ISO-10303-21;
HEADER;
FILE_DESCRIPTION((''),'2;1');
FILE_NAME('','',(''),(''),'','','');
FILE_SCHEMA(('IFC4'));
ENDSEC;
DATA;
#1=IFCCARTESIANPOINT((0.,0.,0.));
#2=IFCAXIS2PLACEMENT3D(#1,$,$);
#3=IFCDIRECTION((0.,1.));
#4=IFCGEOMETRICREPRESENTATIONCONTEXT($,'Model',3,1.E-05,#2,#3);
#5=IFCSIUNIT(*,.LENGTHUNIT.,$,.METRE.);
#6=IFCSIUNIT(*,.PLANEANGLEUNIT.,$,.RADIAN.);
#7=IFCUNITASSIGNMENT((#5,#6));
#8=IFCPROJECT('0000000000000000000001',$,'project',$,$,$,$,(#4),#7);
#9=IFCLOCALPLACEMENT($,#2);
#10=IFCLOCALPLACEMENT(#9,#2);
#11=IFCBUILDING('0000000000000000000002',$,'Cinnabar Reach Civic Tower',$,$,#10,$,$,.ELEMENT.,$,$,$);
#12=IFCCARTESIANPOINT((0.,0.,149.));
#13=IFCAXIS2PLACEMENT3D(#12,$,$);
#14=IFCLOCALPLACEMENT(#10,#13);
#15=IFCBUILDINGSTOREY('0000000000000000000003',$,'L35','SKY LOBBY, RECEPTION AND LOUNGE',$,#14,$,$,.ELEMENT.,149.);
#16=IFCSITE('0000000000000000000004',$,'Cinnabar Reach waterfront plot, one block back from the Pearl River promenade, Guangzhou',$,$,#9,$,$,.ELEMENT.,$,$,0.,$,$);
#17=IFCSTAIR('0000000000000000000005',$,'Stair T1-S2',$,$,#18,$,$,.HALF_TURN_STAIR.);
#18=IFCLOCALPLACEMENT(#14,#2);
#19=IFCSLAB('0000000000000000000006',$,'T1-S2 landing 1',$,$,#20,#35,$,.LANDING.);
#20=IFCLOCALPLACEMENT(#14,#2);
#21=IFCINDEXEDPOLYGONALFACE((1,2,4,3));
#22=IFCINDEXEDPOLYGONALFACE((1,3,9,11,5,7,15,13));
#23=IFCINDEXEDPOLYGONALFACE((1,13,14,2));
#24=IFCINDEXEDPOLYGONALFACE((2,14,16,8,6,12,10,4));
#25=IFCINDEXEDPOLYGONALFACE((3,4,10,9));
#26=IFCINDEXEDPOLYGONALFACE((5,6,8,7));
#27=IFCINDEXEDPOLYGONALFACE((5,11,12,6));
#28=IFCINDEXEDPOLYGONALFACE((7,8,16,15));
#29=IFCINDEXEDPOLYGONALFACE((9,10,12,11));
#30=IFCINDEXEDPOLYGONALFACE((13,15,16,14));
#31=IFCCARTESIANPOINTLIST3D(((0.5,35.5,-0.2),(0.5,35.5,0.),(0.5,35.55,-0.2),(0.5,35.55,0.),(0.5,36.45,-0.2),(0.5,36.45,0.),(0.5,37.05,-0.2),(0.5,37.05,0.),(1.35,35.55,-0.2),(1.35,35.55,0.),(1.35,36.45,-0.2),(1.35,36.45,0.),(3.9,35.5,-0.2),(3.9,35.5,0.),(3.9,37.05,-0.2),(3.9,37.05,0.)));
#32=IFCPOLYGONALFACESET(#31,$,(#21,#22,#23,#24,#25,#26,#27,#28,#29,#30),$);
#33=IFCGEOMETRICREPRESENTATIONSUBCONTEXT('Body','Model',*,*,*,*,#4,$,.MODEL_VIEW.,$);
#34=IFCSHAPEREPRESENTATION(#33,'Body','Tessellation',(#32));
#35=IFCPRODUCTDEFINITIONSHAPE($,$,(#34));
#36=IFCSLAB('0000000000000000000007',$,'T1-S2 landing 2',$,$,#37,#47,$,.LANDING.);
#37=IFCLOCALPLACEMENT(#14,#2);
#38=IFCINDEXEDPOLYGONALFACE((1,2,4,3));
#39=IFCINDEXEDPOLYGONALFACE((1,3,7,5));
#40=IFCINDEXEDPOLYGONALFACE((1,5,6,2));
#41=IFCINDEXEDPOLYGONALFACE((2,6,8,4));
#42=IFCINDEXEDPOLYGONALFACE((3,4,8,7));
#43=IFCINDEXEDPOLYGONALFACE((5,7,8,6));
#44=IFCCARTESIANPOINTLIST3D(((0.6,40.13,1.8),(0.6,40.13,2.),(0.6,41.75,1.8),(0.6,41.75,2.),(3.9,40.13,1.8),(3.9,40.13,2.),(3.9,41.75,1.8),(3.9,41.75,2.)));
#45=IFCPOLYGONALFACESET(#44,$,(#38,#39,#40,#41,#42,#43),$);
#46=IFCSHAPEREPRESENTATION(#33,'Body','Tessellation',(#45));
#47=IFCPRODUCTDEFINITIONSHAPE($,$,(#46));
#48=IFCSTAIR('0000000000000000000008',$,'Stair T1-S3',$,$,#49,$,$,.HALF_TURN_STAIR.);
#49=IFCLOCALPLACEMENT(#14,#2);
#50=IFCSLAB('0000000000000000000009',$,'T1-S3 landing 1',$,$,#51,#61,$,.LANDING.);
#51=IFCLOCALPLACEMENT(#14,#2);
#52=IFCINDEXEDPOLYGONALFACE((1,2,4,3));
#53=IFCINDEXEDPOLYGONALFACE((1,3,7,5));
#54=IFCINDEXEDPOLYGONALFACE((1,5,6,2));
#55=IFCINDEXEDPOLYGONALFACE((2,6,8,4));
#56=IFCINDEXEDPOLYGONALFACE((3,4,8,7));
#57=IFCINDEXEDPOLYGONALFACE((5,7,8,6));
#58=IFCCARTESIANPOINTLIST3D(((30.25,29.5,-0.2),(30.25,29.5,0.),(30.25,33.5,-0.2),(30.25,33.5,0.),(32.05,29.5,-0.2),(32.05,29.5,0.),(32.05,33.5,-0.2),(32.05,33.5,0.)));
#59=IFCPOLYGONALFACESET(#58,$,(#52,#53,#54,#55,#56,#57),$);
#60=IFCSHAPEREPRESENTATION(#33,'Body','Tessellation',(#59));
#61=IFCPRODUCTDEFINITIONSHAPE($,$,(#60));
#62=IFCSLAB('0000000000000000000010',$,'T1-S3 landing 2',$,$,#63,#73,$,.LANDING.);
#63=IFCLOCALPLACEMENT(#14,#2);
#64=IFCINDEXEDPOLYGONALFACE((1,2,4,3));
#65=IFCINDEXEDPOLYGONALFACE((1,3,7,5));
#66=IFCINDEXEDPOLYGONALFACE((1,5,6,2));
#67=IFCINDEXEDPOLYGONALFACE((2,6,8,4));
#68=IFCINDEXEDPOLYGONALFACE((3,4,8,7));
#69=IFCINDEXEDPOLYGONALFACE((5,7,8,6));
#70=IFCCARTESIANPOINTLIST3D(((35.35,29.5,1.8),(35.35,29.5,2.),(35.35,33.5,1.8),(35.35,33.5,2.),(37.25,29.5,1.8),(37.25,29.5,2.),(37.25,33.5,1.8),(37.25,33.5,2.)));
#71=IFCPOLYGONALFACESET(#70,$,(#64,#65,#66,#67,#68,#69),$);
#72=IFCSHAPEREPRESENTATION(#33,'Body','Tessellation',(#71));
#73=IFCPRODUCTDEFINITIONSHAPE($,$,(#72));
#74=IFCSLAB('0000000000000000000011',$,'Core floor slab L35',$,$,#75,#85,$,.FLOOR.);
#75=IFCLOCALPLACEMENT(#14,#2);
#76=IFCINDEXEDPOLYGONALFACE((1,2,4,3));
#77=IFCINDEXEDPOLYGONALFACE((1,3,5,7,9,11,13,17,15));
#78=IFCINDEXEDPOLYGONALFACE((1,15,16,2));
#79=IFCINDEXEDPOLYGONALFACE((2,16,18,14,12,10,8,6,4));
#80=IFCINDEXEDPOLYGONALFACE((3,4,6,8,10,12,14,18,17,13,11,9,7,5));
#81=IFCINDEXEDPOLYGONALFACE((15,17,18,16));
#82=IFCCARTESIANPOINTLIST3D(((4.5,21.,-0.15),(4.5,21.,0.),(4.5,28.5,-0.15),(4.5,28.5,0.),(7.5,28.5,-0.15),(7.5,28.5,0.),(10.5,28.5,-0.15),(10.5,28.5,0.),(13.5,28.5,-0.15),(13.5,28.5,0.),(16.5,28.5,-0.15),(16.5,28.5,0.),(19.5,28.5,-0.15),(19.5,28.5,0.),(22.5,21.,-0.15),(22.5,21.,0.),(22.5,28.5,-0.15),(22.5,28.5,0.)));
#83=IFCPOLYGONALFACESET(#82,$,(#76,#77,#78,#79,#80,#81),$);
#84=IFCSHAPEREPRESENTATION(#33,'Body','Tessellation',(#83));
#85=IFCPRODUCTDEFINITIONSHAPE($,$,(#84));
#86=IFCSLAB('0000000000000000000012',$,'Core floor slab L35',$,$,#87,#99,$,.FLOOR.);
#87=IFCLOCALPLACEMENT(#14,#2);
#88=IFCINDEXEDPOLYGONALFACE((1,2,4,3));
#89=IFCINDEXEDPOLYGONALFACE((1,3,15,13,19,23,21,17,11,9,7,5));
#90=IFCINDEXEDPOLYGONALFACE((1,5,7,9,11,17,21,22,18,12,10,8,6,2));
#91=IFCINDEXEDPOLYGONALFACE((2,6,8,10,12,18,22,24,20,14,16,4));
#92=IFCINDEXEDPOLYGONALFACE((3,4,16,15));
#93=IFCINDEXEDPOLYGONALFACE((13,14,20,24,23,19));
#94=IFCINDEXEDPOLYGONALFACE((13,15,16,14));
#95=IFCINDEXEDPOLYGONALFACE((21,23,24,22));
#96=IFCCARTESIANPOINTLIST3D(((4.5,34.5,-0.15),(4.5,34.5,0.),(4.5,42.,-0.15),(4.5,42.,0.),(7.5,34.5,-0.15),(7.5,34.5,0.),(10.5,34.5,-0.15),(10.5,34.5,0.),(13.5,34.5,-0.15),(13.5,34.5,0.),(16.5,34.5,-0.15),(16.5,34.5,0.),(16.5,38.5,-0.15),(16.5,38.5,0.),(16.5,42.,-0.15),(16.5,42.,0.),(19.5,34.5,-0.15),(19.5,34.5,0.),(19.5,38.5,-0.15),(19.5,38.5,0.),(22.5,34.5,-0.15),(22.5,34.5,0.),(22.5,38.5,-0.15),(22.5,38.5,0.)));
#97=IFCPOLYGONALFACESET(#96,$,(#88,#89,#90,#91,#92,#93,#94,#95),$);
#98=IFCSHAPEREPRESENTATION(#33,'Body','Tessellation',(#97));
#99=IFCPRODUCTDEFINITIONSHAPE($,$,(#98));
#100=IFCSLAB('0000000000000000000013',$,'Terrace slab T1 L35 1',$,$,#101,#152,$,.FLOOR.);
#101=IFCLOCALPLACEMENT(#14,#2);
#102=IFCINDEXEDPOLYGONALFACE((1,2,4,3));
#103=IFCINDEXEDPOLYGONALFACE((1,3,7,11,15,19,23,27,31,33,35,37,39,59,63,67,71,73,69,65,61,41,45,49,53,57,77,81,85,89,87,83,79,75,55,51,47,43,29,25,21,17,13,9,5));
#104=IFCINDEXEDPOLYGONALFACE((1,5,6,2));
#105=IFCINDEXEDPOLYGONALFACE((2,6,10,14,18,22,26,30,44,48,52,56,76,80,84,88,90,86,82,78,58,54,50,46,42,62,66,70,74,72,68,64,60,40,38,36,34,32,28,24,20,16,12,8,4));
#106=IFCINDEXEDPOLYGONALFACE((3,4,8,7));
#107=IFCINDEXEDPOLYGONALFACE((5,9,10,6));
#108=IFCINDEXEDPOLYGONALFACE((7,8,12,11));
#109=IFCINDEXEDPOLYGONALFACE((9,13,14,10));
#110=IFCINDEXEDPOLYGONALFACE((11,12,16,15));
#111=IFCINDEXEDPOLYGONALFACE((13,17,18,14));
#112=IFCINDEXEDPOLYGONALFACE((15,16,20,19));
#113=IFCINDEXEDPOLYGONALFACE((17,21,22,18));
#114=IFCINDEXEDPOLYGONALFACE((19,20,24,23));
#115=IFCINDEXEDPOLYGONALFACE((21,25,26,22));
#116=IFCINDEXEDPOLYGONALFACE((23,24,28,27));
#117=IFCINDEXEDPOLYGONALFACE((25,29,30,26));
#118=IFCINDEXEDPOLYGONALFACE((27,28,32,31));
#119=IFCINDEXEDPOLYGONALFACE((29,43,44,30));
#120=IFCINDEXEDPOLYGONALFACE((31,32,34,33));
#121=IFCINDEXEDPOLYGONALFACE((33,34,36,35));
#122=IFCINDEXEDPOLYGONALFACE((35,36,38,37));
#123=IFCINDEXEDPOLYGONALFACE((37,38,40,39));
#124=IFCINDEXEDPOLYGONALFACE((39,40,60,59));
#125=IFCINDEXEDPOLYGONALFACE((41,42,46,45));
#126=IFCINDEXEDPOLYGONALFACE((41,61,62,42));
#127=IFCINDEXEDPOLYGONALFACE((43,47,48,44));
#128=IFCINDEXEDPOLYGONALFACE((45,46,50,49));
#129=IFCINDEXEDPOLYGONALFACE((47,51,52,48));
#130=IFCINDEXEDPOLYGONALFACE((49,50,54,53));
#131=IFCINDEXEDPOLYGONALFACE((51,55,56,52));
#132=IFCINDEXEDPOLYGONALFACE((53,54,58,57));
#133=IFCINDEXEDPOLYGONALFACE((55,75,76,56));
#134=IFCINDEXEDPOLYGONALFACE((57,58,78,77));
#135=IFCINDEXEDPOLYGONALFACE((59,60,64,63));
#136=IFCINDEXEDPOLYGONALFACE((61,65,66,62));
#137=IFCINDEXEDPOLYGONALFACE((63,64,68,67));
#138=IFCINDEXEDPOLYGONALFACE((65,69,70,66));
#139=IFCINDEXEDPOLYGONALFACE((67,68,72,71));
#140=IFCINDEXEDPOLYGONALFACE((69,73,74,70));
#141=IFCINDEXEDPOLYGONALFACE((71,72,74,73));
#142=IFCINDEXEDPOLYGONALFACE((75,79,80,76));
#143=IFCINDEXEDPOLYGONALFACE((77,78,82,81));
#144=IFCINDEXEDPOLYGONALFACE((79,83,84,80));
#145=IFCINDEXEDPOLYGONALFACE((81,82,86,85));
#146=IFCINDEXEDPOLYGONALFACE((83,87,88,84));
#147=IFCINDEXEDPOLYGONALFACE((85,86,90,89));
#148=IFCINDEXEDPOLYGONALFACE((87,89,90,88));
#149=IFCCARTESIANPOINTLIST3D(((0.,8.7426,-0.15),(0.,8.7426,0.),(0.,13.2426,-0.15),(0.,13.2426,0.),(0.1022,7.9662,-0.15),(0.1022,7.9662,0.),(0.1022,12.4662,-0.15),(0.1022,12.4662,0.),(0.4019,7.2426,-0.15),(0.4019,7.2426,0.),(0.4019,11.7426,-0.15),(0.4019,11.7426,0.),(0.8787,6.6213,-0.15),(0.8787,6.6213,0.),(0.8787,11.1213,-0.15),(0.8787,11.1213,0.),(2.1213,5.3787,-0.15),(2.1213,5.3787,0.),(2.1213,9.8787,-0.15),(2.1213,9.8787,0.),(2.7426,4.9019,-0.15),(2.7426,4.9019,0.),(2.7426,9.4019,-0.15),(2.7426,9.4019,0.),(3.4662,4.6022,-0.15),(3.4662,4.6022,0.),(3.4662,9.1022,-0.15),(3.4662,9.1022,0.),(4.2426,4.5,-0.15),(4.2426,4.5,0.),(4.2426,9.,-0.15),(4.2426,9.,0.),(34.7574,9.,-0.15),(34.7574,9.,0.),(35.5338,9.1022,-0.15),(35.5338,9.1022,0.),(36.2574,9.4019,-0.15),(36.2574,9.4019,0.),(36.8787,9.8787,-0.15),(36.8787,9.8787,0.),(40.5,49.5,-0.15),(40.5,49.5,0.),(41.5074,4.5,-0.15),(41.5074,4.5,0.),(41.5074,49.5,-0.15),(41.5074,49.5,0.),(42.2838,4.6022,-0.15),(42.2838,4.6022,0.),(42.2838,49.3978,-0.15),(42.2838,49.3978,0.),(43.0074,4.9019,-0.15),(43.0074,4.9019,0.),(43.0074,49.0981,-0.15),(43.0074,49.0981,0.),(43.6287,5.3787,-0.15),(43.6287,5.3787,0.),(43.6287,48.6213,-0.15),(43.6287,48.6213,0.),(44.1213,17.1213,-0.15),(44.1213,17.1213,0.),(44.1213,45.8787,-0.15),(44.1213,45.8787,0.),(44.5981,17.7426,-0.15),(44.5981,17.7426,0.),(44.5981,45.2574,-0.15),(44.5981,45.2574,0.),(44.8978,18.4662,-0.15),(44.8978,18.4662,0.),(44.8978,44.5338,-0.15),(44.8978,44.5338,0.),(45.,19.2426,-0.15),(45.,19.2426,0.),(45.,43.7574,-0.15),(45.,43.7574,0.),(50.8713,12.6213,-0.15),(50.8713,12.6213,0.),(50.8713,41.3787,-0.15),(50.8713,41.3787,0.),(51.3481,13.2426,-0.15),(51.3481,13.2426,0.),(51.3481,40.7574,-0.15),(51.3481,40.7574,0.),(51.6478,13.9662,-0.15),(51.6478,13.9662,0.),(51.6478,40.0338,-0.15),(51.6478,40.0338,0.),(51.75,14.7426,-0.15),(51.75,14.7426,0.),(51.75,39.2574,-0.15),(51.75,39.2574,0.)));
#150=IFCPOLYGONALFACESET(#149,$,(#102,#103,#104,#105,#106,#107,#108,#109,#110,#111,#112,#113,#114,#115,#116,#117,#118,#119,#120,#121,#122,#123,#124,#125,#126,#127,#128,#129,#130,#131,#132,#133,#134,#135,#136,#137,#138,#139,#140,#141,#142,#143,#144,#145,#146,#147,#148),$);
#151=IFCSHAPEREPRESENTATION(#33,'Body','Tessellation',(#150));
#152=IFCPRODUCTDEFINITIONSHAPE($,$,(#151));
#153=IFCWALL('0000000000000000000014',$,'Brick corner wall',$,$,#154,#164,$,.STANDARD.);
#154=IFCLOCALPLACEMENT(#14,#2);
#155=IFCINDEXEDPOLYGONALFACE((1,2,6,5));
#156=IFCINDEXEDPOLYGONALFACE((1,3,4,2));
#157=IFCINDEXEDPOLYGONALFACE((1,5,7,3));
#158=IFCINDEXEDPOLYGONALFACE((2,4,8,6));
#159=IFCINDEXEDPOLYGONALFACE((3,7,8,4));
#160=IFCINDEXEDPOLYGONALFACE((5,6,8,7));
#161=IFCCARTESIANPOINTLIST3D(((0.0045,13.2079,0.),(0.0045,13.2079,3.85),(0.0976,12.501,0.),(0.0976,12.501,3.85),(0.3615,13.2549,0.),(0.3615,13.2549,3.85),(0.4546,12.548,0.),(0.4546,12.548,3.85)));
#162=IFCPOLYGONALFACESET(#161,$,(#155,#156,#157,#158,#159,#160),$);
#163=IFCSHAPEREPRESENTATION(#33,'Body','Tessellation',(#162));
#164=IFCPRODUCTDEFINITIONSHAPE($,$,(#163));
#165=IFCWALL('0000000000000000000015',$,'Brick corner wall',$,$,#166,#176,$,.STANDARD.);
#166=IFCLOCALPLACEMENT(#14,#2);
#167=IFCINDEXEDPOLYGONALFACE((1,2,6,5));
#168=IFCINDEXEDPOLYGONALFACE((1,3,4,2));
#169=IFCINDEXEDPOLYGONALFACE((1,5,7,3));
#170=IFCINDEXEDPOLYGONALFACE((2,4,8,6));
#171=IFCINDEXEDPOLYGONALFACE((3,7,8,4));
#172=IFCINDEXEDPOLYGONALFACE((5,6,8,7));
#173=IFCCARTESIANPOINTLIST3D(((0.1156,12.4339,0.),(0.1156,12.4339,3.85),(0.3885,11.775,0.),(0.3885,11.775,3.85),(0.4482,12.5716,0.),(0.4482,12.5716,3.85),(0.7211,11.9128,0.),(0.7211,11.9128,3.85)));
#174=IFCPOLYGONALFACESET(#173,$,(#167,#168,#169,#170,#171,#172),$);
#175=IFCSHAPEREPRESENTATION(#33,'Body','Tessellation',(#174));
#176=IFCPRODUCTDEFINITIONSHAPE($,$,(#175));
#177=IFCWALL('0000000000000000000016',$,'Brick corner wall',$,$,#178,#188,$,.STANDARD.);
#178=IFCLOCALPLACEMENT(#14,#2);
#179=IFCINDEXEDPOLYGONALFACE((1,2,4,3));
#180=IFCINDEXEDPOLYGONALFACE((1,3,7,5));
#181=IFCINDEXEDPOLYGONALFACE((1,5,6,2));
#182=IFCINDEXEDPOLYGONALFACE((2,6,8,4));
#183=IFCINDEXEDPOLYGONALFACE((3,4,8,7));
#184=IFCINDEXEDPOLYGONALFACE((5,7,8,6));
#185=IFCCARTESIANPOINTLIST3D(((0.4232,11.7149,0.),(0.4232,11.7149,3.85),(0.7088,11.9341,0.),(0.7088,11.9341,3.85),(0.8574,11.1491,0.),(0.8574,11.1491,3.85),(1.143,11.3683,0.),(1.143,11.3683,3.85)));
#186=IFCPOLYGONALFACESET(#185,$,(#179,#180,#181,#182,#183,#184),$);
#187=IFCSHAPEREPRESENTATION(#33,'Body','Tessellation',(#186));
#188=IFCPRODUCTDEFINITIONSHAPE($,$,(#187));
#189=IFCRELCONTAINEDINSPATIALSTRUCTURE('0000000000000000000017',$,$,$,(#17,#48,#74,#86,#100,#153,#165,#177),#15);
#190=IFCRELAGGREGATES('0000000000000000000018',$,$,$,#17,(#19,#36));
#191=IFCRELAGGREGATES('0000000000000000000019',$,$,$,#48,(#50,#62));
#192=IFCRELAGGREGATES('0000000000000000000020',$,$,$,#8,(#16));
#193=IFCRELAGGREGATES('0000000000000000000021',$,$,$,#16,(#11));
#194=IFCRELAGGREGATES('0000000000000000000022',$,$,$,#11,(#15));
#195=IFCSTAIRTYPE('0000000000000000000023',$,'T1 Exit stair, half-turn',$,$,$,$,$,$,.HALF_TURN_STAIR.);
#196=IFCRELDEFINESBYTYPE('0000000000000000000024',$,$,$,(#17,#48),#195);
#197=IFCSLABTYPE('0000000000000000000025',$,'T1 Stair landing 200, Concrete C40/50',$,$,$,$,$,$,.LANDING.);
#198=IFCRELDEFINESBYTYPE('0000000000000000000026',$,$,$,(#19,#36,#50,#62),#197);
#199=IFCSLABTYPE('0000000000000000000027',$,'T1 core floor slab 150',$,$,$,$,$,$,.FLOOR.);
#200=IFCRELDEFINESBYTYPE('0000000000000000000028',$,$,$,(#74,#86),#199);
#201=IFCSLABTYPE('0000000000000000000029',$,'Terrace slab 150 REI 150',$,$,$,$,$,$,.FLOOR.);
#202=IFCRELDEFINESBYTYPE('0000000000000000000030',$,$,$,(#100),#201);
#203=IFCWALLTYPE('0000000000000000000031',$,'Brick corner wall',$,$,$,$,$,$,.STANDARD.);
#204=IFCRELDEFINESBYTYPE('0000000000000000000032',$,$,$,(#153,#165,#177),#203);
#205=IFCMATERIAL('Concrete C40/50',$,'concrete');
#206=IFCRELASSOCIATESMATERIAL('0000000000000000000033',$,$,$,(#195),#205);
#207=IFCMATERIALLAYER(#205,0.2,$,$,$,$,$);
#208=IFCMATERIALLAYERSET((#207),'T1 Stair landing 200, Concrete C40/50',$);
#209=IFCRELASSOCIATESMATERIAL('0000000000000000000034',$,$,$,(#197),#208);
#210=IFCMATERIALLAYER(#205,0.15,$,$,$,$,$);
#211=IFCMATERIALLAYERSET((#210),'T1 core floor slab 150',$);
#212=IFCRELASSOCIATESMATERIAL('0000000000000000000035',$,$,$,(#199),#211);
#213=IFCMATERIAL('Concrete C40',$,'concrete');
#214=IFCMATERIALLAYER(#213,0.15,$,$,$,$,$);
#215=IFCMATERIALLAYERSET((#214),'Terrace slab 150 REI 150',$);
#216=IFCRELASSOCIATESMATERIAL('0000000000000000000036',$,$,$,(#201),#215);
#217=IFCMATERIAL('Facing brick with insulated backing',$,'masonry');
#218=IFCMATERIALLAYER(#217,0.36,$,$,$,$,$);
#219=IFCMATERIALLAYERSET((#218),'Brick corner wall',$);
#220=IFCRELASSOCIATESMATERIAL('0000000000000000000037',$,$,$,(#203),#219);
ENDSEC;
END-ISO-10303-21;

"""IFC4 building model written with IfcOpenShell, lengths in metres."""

from ifc_helpers import new_model, si_unit, direction, frame, frame_2d, origin, place, context, subcontext, project, spatial, polyline, rectangle, outline, extrude, material, layer, layer_set, type_object, element, aggregate, save


model = new_model("IFC4")

# Units and contexts
model_context = context("Model", 3, precision=1e-05, world=origin(), true_north=direction((0.0, 1.0)))
body_context = subcontext(model_context, "Body", "Model", "MODEL_VIEW")
ifc_project = project(units=[si_unit("LENGTHUNIT", "METRE"), si_unit("PLANEANGLEUNIT", "RADIAN")], contexts=[model_context])

# Site, building, storey
site_placement = place(None, origin())
site = spatial("IfcSite", under=ifc_project, at=site_placement, Name="Cinnabar Reach waterfront plot, one block back from the Pearl River promenade, Guangzhou", CompositionType="ELEMENT", RefElevation=0.0)
building_placement = place(site_placement, origin())
building = spatial("IfcBuilding", under=site, at=building_placement, Name="Cinnabar Reach Civic Tower", CompositionType="ELEMENT")
storey_placement = place(building_placement, frame((0.0, 0.0, 149.0)))
storey = spatial("IfcBuildingStorey", under=building, at=storey_placement, Name="L35", Description="SKY LOBBY, RECEPTION AND LOUNGE", CompositionType="ELEMENT", Elevation=149.0)

# Shared definitions
ifc_material_1 = material(Name="Concrete C40", Category="concrete")

# Stairs, slabs
ifc_material_2 = material(Name="Concrete C40/50", Category="concrete")
stair_type = type_object("IfcStairType", Name="T1 Exit stair, half-turn", PredefinedType="HALF_TURN_STAIR", material=ifc_material_2)
ifc_layer_1 = layer(ifc_material_2, 0.2)
ifc_layer_set_1 = layer_set([ifc_layer_1], Name="T1 Stair landing 200, Concrete C40/50")
slab_type_1 = type_object("IfcSlabType", Name="T1 Stair landing 200, Concrete C40/50", PredefinedType="LANDING", material=ifc_layer_set_1)
stair_1_placement = place(storey_placement, origin())
stair_1 = element("IfcStair", 1, at=stair_1_placement, inside=storey, type_object=stair_type, Name="Stair T1-S2", PredefinedType="HALF_TURN_STAIR")
slab_1_placement = place(storey_placement, frame((0.0, 0.0, -0.2)))
slab_1 = element("IfcSlab", 2, at=slab_1_placement, type_object=slab_type_1, Name="T1-S2 landing 1", PredefinedType="LANDING", context=body_context, shape_type="SweptSolid", body=[
    extrude(outline(polyline([(0.5, 37.05), (3.9, 37.05), (3.9, 35.5), (0.5, 35.5), (0.5, 35.55), (1.35, 35.55), (1.35, 36.45), (0.5, 36.45), (0.5, 37.05)])), origin(), (0.0, 0.0, 1.0), 0.2),
])
slab_2_placement = place(storey_placement, frame((0.0, 0.0, 1.8)))
slab_2 = element("IfcSlab", 3, at=slab_2_placement, type_object=slab_type_1, Name="T1-S2 landing 2", PredefinedType="LANDING", context=body_context, shape_type="SweptSolid", body=[
    extrude(outline(polyline([(0.6, 40.13), (0.6, 41.75), (3.9, 41.75), (3.9, 40.13), (0.6, 40.13)])), origin(), (0.0, 0.0, 1.0), 0.2),
])
aggregate(stair_1, [slab_1, slab_2])
stair_2_placement = place(storey_placement, origin())
stair_2 = element("IfcStair", 4, at=stair_2_placement, inside=storey, type_object=stair_type, Name="Stair T1-S3", PredefinedType="HALF_TURN_STAIR")
slab_3_placement = place(storey_placement, frame((0.0, 0.0, -0.2)))
slab_3 = element("IfcSlab", 5, at=slab_3_placement, type_object=slab_type_1, Name="T1-S3 landing 1", PredefinedType="LANDING", context=body_context, shape_type="SweptSolid", body=[
    extrude(outline(polyline([(30.25, 29.5), (32.05, 29.5), (32.05, 33.5), (30.25, 33.5), (30.25, 29.5)])), origin(), (0.0, 0.0, 1.0), 0.2),
])
slab_4_placement = place(storey_placement, frame((0.0, 0.0, 1.8)))
slab_4 = element("IfcSlab", 6, at=slab_4_placement, type_object=slab_type_1, Name="T1-S3 landing 2", PredefinedType="LANDING", context=body_context, shape_type="SweptSolid", body=[
    extrude(outline(polyline([(35.35, 29.5), (37.25, 29.5), (37.25, 33.5), (35.35, 33.5), (35.35, 29.5)])), origin(), (0.0, 0.0, 1.0), 0.2),
])
aggregate(stair_2, [slab_3, slab_4])

# Slabs
ifc_layer_2 = layer(ifc_material_2, 0.15)
ifc_layer_set_2 = layer_set([ifc_layer_2], Name="T1 core floor slab 150")
slab_type_2 = type_object("IfcSlabType", Name="T1 core floor slab 150", PredefinedType="FLOOR", material=ifc_layer_set_2)
slab_5_placement = place(storey_placement, frame((0.0, 0.0, -0.15)))
element("IfcSlab", 7, at=slab_5_placement, inside=storey, type_object=slab_type_2, Name="Core floor slab L35", PredefinedType="FLOOR", context=body_context, shape_type="SweptSolid", body=[
    extrude(outline(polyline([(22.5, 21.0), (4.5, 21.0), (4.5, 28.5), (7.5, 28.5), (10.5, 28.5), (13.5, 28.5), (16.5, 28.5), (19.5, 28.5), (22.5, 28.5), (22.5, 21.0)])), origin(), (0.0, 0.0, 1.0), 0.15),
])
slab_6_placement = place(storey_placement, frame((0.0, 0.0, -0.15)))
element("IfcSlab", 8, at=slab_6_placement, inside=storey, type_object=slab_type_2, Name="Core floor slab L35", PredefinedType="FLOOR", context=body_context, shape_type="SweptSolid", body=[
    extrude(outline(polyline([(22.5, 34.5), (19.5, 34.5), (16.5, 34.5), (13.5, 34.5), (10.5, 34.5), (7.5, 34.5), (4.5, 34.5), (4.5, 42.0), (16.5, 42.0), (16.5, 38.5), (19.5, 38.5), (22.5, 38.5), (22.5, 34.5)])), origin(), (0.0, 0.0, 1.0), 0.15),
])
ifc_layer_3 = layer(ifc_material_1, 0.15)
ifc_layer_set_3 = layer_set([ifc_layer_3], Name="Terrace slab 150 REI 150")
slab_type_3 = type_object("IfcSlabType", Name="Terrace slab 150 REI 150", PredefinedType="FLOOR", material=ifc_layer_set_3)
slab_7_placement = place(storey_placement, frame((0.0, 0.0, -0.15)))
element("IfcSlab", 9, at=slab_7_placement, inside=storey, type_object=slab_type_3, Name="Terrace slab T1 L35 1", PredefinedType="FLOOR", context=body_context, shape_type="SweptSolid", body=[
    extrude(outline(polyline([(41.5074, 49.5), (42.2838, 49.3978), (43.0074, 49.0981), (43.6287, 48.6213), (50.8713, 41.3787), (51.3481, 40.7574), (51.6478, 40.0338), (51.75, 39.2574), (51.75, 14.7426), (51.6478, 13.9662), (51.3481, 13.2426), (50.8713, 12.6213), (43.6287, 5.3787), (43.0074, 4.9019), (42.2838, 4.6022), (41.5074, 4.5), (4.2426, 4.5), (3.4662, 4.6022), (2.7426, 4.9019), (2.1213, 5.3787), (0.8787, 6.6213), (0.4019, 7.2426), (0.1022, 7.9662), (0.0, 8.7426), (0.0, 13.2426), (0.1022, 12.4662), (0.4019, 11.7426), (0.8787, 11.1213), (2.1213, 9.8787), (2.7426, 9.4019), (3.4662, 9.1022), (4.2426, 9.0), (34.7574, 9.0), (35.5338, 9.1022), (36.2574, 9.4019), (36.8787, 9.8787), (44.1213, 17.1213), (44.5981, 17.7426), (44.8978, 18.4662), (45.0, 19.2426), (45.0, 43.7574), (44.8978, 44.5338), (44.5981, 45.2574), (44.1213, 45.8787), (40.5, 49.5), (41.5074, 49.5)])), origin(), (0.0, 0.0, 1.0), 0.15),
])

# Walls
ifc_material_3 = material(Name="Facing brick with insulated backing", Category="masonry")
ifc_layer_4 = layer(ifc_material_3, 0.36)
ifc_layer_set_4 = layer_set([ifc_layer_4], Name="Brick corner wall")
wall_type_1 = type_object("IfcWallType", Name="Brick corner wall", PredefinedType="STANDARD", material=ifc_layer_set_4)
for number, where, z_axis, x_axis, name in (
    (10, (0.183, 13.2314, 0.0), (0.0, 0.0, 1.0), (0.130556, -0.991441, 0.0), "Brick corner wall"),
    (11, (0.2819, 12.5027, 0.0), (0.0, 0.0, 1.0), (0.382703, -0.923872, 0.0), "Brick corner wall"),
):
    element("IfcWall", number, at=place(storey_placement, frame(where, z_axis=z_axis, x_axis=x_axis)), inside=storey, type_object=wall_type_1, Name=name, PredefinedType="STANDARD", context=body_context, shape_type="SweptSolid", body=[
        extrude(rectangle(XDim=0.7131, YDim=0.36, at=frame_2d((0.3565, 0.0))), origin(), (0.0, 0.0, 1.0), 3.85),
    ])
for number, where, z_axis, x_axis, name in (
    (12, (0.566, 11.8245, 0.0), (0.0, 0.0, 1.0), (0.608802, -0.793322, 0.0), "Brick corner wall"),
):
    element("IfcWall", number, at=place(storey_placement, frame(where, z_axis=z_axis, x_axis=x_axis)), inside=storey, type_object=wall_type_1, Name=name, PredefinedType="STANDARD", context=body_context, shape_type="SweptSolid", body=[
        extrude(rectangle(XDim=0.7132, YDim=0.36, at=frame_2d((0.3566, 0.0))), origin(), (0.0, 0.0, 1.0), 3.85),
    ])

save(model, "model.ifc")
